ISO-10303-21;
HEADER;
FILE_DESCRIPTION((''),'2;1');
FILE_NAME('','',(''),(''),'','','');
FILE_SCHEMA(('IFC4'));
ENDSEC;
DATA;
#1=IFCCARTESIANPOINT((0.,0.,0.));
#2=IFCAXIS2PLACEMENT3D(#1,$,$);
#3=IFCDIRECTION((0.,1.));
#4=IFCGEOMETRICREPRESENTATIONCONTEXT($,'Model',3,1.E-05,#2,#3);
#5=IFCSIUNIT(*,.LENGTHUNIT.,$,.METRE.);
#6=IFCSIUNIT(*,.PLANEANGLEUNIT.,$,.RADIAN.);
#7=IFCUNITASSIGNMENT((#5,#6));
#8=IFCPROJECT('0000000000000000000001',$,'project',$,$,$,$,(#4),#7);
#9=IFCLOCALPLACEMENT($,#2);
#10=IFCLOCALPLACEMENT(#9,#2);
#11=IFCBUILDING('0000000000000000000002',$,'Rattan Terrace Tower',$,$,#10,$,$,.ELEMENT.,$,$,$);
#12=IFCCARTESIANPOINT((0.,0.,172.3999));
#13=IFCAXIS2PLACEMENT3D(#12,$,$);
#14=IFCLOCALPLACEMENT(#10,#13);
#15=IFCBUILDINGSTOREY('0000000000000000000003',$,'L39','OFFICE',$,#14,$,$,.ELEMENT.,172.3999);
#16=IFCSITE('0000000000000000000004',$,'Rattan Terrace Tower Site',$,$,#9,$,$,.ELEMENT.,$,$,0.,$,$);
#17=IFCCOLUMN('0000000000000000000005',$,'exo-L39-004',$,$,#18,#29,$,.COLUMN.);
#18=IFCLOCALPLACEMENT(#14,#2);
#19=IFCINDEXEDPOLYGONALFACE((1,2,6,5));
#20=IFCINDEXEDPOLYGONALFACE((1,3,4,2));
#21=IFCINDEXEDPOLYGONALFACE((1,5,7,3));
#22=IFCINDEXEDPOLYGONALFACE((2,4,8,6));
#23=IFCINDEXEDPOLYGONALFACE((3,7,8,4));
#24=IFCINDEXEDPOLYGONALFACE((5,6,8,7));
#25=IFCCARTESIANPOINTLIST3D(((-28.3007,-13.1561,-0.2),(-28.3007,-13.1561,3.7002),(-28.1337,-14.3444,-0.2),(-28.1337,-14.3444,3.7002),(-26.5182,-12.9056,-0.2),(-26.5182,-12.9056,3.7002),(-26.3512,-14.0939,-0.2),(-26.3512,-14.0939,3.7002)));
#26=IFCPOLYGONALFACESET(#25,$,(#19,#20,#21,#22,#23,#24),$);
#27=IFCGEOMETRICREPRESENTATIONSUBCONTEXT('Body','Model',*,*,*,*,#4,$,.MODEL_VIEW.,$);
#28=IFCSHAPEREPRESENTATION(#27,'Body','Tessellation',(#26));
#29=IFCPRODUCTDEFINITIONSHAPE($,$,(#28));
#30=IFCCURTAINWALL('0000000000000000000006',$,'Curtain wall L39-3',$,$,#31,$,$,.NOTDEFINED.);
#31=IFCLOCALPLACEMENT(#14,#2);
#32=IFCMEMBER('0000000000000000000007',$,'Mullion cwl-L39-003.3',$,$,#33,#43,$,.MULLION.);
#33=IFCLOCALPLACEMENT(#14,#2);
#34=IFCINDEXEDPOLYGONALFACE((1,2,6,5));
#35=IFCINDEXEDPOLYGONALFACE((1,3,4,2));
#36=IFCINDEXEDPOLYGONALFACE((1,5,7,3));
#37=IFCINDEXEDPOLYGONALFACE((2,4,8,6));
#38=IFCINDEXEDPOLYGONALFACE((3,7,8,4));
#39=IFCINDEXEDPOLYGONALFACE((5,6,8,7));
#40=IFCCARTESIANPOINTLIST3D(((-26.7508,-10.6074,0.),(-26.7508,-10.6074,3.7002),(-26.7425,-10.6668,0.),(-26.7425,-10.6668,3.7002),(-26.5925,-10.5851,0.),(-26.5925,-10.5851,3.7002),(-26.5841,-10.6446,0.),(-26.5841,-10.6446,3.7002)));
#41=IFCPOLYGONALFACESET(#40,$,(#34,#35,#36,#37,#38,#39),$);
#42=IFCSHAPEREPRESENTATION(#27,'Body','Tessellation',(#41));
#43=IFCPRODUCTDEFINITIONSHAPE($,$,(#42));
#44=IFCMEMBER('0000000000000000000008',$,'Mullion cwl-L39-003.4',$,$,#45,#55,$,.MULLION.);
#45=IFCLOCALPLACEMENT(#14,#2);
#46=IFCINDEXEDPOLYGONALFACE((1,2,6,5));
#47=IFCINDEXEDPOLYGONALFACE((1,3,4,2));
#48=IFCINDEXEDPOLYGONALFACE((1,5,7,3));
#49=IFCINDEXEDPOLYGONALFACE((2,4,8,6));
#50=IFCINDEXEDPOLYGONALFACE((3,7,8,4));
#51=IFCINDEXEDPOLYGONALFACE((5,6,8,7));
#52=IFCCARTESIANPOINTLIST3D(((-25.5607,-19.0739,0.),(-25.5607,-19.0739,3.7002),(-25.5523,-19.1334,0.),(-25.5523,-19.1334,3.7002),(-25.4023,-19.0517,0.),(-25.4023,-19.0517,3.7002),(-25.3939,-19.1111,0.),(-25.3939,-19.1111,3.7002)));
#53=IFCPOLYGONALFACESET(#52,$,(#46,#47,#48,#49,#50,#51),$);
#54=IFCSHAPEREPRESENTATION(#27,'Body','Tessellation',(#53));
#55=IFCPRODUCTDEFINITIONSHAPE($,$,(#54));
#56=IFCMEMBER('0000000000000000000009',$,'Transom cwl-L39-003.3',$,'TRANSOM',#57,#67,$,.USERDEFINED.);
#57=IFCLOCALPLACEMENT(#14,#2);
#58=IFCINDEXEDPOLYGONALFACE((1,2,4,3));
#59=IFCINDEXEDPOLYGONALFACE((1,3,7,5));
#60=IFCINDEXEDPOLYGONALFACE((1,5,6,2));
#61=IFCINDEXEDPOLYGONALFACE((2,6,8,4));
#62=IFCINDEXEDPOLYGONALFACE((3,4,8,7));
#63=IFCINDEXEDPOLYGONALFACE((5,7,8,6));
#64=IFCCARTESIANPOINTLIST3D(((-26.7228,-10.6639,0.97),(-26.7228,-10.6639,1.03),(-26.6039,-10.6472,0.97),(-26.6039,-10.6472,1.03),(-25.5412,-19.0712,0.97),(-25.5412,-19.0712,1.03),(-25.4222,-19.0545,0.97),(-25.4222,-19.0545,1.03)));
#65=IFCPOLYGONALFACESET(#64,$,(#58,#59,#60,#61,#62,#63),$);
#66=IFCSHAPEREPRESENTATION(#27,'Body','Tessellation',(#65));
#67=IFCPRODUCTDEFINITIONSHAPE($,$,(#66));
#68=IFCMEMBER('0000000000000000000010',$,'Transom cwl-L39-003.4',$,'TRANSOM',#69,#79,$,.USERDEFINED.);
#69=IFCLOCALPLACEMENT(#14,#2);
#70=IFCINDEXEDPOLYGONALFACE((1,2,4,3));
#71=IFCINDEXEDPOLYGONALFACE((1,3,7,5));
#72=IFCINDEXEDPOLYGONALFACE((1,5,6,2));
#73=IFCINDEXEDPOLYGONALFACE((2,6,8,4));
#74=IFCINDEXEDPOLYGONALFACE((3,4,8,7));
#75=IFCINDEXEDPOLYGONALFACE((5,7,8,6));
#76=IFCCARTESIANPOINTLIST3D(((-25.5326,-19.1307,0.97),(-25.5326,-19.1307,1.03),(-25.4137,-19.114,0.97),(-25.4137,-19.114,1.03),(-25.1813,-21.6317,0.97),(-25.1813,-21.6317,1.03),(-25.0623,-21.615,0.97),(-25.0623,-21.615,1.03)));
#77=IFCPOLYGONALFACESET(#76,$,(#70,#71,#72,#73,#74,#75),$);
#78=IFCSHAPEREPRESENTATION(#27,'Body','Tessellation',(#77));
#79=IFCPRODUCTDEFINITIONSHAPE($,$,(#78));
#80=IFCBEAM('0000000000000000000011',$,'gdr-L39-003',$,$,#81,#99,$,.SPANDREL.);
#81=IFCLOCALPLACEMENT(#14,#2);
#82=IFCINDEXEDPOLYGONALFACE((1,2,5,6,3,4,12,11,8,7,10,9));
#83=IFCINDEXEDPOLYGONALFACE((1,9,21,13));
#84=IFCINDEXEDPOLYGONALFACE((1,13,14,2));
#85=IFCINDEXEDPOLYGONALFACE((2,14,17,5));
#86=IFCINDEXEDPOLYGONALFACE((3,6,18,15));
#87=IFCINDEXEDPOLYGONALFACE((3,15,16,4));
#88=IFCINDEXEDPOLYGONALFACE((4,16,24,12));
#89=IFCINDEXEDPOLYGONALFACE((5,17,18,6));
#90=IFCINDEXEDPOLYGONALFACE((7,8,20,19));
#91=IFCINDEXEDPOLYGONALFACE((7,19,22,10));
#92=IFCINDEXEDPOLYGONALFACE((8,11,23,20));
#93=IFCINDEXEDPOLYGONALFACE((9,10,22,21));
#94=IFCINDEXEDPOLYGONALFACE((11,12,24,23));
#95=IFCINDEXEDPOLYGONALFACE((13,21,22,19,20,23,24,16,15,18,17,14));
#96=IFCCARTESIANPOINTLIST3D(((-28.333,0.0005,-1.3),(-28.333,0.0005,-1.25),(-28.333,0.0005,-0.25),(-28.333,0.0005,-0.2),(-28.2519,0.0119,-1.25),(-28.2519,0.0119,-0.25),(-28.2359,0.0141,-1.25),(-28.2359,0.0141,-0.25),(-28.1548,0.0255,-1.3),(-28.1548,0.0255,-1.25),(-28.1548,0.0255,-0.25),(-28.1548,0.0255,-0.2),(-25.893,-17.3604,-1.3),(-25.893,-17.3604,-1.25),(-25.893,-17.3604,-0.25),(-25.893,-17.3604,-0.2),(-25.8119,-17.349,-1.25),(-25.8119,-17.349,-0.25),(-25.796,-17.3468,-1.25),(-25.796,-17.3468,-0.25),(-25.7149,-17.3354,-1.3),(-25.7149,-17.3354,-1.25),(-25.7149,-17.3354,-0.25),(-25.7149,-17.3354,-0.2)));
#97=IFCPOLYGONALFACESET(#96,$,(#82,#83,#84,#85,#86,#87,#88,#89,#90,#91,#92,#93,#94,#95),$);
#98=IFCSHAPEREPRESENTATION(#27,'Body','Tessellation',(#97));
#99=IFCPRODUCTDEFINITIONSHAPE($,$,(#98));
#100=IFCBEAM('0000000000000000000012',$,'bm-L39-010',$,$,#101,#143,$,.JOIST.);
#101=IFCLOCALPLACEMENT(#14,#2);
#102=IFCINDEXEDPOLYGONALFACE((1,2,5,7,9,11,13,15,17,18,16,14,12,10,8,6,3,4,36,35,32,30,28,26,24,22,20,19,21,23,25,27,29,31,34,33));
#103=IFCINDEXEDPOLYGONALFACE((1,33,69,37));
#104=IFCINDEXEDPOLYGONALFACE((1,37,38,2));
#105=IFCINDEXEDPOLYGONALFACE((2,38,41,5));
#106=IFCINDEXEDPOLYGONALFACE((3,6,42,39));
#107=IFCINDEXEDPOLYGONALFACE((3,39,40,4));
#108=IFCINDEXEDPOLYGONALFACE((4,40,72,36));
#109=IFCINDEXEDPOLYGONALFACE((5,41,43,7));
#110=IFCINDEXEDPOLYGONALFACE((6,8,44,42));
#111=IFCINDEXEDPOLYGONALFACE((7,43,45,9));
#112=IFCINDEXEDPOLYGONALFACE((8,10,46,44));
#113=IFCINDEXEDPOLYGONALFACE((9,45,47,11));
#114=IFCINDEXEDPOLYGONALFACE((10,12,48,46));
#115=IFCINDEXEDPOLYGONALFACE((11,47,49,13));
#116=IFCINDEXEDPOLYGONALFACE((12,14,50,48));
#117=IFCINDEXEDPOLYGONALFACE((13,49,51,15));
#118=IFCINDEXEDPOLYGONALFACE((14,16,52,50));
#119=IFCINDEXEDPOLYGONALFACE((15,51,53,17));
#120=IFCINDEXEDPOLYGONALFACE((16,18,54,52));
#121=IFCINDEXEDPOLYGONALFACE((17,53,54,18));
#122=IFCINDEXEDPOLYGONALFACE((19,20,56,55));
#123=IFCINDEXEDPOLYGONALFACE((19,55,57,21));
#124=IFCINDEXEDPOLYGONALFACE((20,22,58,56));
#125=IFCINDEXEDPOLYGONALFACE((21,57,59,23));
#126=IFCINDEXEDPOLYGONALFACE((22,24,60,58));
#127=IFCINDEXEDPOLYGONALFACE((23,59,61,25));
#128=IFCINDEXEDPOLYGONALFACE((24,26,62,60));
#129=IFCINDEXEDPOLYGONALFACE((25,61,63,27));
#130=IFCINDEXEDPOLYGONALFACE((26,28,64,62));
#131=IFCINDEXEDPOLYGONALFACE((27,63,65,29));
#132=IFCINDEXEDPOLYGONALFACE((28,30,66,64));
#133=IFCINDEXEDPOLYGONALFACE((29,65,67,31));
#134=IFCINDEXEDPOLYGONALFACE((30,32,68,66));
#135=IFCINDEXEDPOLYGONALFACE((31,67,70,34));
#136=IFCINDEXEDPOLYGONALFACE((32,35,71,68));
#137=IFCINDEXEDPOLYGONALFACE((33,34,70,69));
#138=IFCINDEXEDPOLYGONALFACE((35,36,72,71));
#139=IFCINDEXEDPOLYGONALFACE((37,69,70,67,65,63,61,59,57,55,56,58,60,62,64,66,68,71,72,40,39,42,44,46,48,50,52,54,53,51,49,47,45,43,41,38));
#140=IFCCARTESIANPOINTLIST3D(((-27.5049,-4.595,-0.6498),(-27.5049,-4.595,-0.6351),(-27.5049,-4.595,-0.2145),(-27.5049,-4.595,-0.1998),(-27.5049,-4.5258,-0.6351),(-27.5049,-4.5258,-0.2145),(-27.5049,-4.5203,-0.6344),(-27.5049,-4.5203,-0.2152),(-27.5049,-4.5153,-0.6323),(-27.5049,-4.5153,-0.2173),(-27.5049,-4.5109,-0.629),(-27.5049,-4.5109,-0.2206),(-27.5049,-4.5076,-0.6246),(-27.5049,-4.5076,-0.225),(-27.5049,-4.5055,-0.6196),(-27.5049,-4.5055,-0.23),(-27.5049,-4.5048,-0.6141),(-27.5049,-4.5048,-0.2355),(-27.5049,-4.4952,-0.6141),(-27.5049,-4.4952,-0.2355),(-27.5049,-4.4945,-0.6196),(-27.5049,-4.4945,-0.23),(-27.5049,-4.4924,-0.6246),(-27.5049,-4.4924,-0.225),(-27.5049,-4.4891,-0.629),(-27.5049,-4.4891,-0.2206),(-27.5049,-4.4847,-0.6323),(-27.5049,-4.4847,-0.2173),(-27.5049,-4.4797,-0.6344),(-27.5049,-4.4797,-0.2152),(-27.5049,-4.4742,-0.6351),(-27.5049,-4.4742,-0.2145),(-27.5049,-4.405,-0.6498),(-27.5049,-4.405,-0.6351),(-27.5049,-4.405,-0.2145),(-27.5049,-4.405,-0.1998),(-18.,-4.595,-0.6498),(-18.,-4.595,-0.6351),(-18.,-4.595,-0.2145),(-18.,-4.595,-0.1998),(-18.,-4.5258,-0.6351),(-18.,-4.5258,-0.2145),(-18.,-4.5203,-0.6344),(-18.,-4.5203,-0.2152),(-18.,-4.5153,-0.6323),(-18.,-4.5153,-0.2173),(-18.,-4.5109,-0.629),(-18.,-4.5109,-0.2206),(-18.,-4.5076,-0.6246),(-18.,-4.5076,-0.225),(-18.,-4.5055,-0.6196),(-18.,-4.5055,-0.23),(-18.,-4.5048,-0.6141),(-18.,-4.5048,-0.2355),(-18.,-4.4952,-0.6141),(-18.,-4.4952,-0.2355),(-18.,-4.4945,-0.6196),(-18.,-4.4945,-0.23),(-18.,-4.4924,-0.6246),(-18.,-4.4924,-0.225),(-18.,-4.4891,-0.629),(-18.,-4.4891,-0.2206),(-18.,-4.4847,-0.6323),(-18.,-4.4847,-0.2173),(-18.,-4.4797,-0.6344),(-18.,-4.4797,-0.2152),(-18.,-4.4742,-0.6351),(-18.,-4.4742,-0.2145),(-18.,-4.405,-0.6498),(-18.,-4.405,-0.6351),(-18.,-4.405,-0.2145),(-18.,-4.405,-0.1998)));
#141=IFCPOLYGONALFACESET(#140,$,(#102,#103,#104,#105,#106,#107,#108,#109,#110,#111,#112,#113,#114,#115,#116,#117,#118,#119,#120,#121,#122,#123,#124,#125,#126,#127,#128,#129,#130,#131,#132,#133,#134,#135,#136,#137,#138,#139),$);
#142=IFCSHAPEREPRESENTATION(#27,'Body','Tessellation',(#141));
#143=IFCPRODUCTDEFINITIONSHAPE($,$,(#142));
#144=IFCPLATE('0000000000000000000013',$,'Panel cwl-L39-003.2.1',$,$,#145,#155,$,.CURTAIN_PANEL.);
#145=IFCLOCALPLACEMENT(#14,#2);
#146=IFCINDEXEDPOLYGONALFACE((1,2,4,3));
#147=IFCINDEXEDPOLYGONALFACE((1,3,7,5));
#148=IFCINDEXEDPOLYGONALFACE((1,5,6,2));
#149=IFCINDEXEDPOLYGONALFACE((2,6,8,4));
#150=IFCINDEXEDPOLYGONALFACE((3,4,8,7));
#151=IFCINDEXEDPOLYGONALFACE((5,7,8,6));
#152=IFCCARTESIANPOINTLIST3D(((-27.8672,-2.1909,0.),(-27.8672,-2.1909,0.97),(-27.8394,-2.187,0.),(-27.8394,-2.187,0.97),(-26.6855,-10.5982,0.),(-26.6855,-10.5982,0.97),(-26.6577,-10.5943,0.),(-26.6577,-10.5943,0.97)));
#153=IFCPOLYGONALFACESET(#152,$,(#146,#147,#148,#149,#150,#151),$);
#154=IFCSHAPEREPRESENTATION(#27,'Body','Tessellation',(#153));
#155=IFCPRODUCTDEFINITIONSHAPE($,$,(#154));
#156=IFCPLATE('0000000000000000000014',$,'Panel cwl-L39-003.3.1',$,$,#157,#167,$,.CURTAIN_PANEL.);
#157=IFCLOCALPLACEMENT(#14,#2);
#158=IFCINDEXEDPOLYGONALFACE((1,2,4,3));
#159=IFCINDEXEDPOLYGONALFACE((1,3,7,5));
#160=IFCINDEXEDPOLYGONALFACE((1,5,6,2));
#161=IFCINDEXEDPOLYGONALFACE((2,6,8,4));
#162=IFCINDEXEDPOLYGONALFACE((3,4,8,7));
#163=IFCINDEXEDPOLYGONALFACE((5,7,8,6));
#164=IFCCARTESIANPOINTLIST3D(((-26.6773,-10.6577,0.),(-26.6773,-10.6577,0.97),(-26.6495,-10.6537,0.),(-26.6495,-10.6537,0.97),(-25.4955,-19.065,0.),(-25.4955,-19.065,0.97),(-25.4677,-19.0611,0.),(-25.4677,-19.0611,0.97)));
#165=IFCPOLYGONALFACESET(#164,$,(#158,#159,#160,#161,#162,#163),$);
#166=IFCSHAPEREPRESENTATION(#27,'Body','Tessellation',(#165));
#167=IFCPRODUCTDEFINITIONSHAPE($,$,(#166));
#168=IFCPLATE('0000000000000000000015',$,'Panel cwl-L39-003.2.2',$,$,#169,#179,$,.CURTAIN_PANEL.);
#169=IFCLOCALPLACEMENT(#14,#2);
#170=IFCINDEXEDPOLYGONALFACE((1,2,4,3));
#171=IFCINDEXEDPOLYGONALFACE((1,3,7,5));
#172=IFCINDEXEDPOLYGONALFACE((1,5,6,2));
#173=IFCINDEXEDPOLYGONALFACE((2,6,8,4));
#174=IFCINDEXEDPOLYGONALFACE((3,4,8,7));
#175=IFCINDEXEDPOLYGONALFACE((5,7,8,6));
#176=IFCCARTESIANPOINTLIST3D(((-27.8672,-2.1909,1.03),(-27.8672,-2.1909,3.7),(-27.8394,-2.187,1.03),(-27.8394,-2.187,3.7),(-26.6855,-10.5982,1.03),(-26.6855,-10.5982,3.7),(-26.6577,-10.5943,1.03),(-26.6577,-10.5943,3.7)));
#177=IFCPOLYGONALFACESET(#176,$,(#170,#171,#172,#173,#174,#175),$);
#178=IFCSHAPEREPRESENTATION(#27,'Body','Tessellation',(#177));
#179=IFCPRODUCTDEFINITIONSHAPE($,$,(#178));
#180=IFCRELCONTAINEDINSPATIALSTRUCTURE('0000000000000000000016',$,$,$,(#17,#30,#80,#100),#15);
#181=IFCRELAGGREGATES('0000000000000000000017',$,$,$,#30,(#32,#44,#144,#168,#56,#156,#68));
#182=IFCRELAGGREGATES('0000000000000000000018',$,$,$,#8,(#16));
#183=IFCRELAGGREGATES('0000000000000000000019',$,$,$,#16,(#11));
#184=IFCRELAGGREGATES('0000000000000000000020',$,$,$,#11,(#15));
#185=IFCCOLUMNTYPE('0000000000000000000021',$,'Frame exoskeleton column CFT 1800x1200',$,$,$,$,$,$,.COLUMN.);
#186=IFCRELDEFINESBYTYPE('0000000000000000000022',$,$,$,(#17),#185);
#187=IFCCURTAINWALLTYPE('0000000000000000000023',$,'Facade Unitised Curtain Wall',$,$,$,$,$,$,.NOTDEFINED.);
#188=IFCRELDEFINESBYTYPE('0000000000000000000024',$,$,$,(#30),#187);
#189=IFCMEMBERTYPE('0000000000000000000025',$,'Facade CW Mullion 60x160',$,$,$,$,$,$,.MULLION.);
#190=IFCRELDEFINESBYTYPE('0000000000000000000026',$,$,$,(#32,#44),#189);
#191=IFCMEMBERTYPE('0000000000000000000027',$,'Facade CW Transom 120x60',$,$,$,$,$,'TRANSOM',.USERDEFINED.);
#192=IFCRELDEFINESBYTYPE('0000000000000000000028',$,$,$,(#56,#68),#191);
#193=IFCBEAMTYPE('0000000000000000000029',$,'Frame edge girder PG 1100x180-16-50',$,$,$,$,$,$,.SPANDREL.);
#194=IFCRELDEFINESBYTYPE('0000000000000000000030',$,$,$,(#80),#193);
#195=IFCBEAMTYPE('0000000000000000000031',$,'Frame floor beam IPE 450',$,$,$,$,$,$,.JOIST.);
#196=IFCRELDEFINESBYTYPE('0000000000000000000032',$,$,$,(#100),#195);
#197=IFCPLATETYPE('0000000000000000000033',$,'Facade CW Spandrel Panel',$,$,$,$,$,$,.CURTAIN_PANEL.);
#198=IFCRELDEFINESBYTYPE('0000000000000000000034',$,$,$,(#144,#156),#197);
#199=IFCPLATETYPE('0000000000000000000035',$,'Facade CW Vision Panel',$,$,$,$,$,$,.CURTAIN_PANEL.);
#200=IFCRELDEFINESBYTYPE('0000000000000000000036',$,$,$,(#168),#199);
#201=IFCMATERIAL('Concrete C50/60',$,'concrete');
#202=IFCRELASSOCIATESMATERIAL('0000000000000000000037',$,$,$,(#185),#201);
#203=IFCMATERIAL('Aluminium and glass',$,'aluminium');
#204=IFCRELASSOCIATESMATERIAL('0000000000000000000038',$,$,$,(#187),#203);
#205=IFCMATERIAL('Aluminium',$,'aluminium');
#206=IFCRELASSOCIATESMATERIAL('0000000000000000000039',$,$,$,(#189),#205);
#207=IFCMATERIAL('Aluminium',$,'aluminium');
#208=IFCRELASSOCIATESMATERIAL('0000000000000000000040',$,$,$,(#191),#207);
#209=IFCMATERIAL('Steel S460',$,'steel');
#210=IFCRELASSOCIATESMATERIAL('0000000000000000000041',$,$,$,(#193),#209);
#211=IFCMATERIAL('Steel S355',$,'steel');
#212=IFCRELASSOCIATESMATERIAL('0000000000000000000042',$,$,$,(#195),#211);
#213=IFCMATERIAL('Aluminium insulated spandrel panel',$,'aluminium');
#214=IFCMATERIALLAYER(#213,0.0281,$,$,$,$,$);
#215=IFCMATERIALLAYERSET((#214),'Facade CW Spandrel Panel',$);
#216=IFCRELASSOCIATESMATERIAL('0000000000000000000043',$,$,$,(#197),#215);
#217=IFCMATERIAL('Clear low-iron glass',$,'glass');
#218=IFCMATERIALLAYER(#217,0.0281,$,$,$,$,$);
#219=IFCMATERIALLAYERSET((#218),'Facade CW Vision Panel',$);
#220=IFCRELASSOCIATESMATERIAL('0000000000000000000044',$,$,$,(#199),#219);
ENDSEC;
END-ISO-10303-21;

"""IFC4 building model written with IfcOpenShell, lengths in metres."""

from ifc_helpers import new_model, si_unit, direction, frame, origin, origin_2d, place, context, subcontext, project, spatial, rectangle, i_section, extrude, material, layer, layer_set, material_profile, profile_set, type_object, element, aggregate, save


model = new_model("IFC4")

# Units and contexts
model_context = context("Model", 3, precision=1e-05, world=origin(), true_north=direction((0.0, 1.0)))
body_context = subcontext(model_context, "Body", "Model", "MODEL_VIEW")
ifc_project = project(units=[si_unit("LENGTHUNIT", "METRE"), si_unit("PLANEANGLEUNIT", "RADIAN")], contexts=[model_context])

# Site, building, storey
site_placement = place(None, origin())
site = spatial("IfcSite", under=ifc_project, at=site_placement, Name="Rattan Terrace Tower Site", CompositionType="ELEMENT", RefElevation=0.0)
building_placement = place(site_placement, origin())
building = spatial("IfcBuilding", under=site, at=building_placement, Name="Rattan Terrace Tower", CompositionType="ELEMENT")
storey_placement = place(building_placement, frame((0.0, 0.0, 172.3999)))
storey = spatial("IfcBuildingStorey", under=building, at=storey_placement, Name="L39", Description="OFFICE", CompositionType="ELEMENT", Elevation=172.3999)

# Column
ifc_material_1 = material(Name="Concrete C50/60", Category="concrete")
ifc_material_profile_1 = material_profile(ifc_material_1, rectangle(XDim=1.2, YDim=1.8, at=origin_2d()), Name="CFT 1800x1200")
ifc_profile_set_1 = profile_set([ifc_material_profile_1], Name="Concrete C50/60")
column_type = type_object("IfcColumnType", Name="Frame exoskeleton column CFT 1800x1200", PredefinedType="COLUMN", material=ifc_profile_set_1)
column_placement = place(storey_placement, frame((-27.3259, -13.625, -0.2), z_axis=(0.0, 0.0, 1.0), x_axis=(-0.13919, 0.990266, 0.0)))
element("IfcColumn", 1, at=column_placement, inside=storey, type_object=column_type, Name="exo-L39-004", PredefinedType="COLUMN", context=body_context, shape_type="SweptSolid", body=[
    extrude(rectangle(XDim=1.2, YDim=1.8, at=origin_2d()), origin(), (0.0, 0.0, 1.0), 3.9001),
])

# Curtain wall, members
ifc_material_2 = material(Name="Aluminium and glass", Category="aluminium")
curtain_wall_type = type_object("IfcCurtainWallType", Name="Facade Unitised Curtain Wall", PredefinedType="NOTDEFINED", material=ifc_material_2)
curtain_wall_placement = place(storey_placement, origin())
curtain_wall = element("IfcCurtainWall", 2, at=curtain_wall_placement, inside=storey, type_object=curtain_wall_type, Name="Curtain wall L39-3", PredefinedType="NOTDEFINED")
ifc_material_3 = material(Name="Aluminium", Category="aluminium")
ifc_material_profile_2 = material_profile(ifc_material_3, rectangle(XDim=0.0601, YDim=0.1599, at=origin_2d()), Name="Aluminium 60x160")
ifc_profile_set_2 = profile_set([ifc_material_profile_2], Name="Aluminium")
member_type_1 = type_object("IfcMemberType", Name="Facade CW Mullion 60x160", PredefinedType="MULLION", material=ifc_profile_set_2)
member_1_placement = place(storey_placement, frame((-26.6675, -10.626, 0.0), z_axis=(0.0, 0.0, 1.0), x_axis=(0.139191, -0.990266, 0.0)))
member_1 = element("IfcMember", 3, at=member_1_placement, type_object=member_type_1, Name="Mullion cwl-L39-003.3", PredefinedType="MULLION", context=body_context, shape_type="SweptSolid", body=[
    extrude(rectangle(XDim=0.0601, YDim=0.1599, at=origin_2d()), origin(), (0.0, 0.0, 1.0), 3.7002),
])
member_2_placement = place(storey_placement, frame((-25.4773, -19.0925, 0.0), z_axis=(0.0, 0.0, 1.0), x_axis=(0.139191, -0.990266, 0.0)))
member_2 = element("IfcMember", 4, at=member_2_placement, type_object=member_type_1, Name="Mullion cwl-L39-003.4", PredefinedType="MULLION", context=body_context, shape_type="SweptSolid", body=[
    extrude(rectangle(XDim=0.0601, YDim=0.1599, at=origin_2d()), origin(), (0.0, 0.0, 1.0), 3.7002),
])
ifc_material_4 = material(Name="Aluminium", Category="aluminium")
ifc_material_profile_3 = material_profile(ifc_material_4, rectangle(XDim=0.1201, YDim=0.0601, at=origin_2d()), Name="Aluminium 120x60")
ifc_profile_set_3 = profile_set([ifc_material_profile_3], Name="Aluminium")
member_type_2 = type_object("IfcMemberType", Name="Facade CW Transom 120x60", ElementType="TRANSOM", PredefinedType="USERDEFINED", material=ifc_profile_set_3)
member_3_placement = place(storey_placement, frame((-26.6633, -10.6555, 1.0), z_axis=(0.139179, -0.990267, 0.0), x_axis=(0.990267, 0.139179, 0.0)))
member_3 = element("IfcMember", 5, at=member_3_placement, type_object=member_type_2, Name="Transom cwl-L39-003.3", ObjectType="TRANSOM", PredefinedType="USERDEFINED", context=body_context, shape_type="SweptSolid", body=[
    extrude(rectangle(XDim=0.1201, YDim=0.0601, at=origin_2d()), origin(), (0.0, 0.0, 1.0), 8.49),
])
member_4_placement = place(storey_placement, frame((-25.4731, -19.1223, 1.0), z_axis=(0.139107, -0.990277, 0.0), x_axis=(0.990277, 0.139107, 0.0)))
member_4 = element("IfcMember", 6, at=member_4_placement, type_object=member_type_2, Name="Transom cwl-L39-003.4", ObjectType="TRANSOM", PredefinedType="USERDEFINED", context=body_context, shape_type="SweptSolid", body=[
    extrude(rectangle(XDim=0.1201, YDim=0.0601, at=origin_2d()), origin(), (0.0, 0.0, 1.0), 2.5256),
])

# Beams
ifc_material_5 = material(Name="Steel S460", Category="steel")
ifc_material_profile_4 = material_profile(ifc_material_5, i_section(OverallWidth=0.1799, OverallDepth=1.1001, WebThickness=0.0161, FlangeThickness=0.05, at=origin_2d()), Name="PG 1100x180-16-50")
ifc_profile_set_4 = profile_set([ifc_material_profile_4], Name="Steel S460")
beam_type_1 = type_object("IfcBeamType", Name="Frame edge girder PG 1100x180-16-50", PredefinedType="SPANDREL", material=ifc_profile_set_4)
beam_1_placement = place(storey_placement, frame((-25.804, -17.3479, -0.75), z_axis=(-0.139175, 0.990268, 0.0), x_axis=(-0.990268, -0.139175, 0.0)))
element("IfcBeam", 7, at=beam_1_placement, inside=storey, type_object=beam_type_1, Name="gdr-L39-003", PredefinedType="SPANDREL", context=body_context, shape_type="SweptSolid", body=[
    extrude(i_section(OverallWidth=0.1799, OverallDepth=1.1001, WebThickness=0.0161, FlangeThickness=0.05, at=origin_2d()), origin(), (0.0, 0.0, 1.0), 17.5315),
])
ifc_material_6 = material(Name="Steel S355", Category="steel")
ifc_material_profile_5 = material_profile(ifc_material_6, i_section(OverallWidth=0.1899, OverallDepth=0.45, WebThickness=0.0095, FlangeThickness=0.0146, FilletRadius=0.021, at=origin_2d()), Name="IPE 450")
ifc_profile_set_5 = profile_set([ifc_material_profile_5], Name="Steel S355")
beam_type_2 = type_object("IfcBeamType", Name="Frame floor beam IPE 450", PredefinedType="JOIST", material=ifc_profile_set_5)
beam_2_placement = place(storey_placement, frame((-27.5049, -4.5, -0.4248), z_axis=(1.0, 0.0, 0.0), x_axis=(0.0, 1.0, 0.0)))
element("IfcBeam", 8, at=beam_2_placement, inside=storey, type_object=beam_type_2, Name="bm-L39-010", PredefinedType="JOIST", context=body_context, shape_type="SweptSolid", body=[
    extrude(i_section(OverallWidth=0.1899, OverallDepth=0.45, WebThickness=0.0095, FlangeThickness=0.0146, FilletRadius=0.021, at=origin_2d()), origin(), (0.0, 0.0, 1.0), 9.5049),
])

# Plates
ifc_material_7 = material(Name="Aluminium insulated spandrel panel", Category="aluminium")
ifc_layer_1 = layer(ifc_material_7, 0.0281)
ifc_layer_set_1 = layer_set([ifc_layer_1], Name="Facade CW Spandrel Panel")
plate_type_1 = type_object("IfcPlateType", Name="Facade CW Spandrel Panel", PredefinedType="CURTAIN_PANEL", material=ifc_layer_set_1)
plate_1_placement = place(storey_placement, frame((-27.2625, -6.3926, 0.0), z_axis=(0.0, 0.0, 1.0), x_axis=(0.139191, -0.990266, 0.0)))
plate_1 = element("IfcPlate", 9, at=plate_1_placement, type_object=plate_type_1, Name="Panel cwl-L39-003.2.1", PredefinedType="CURTAIN_PANEL", context=body_context, shape_type="SweptSolid", body=[
    extrude(rectangle(XDim=8.49, YDim=0.0281, at=origin_2d()), origin(), (0.0, 0.0, 1.0), 0.97),
])
plate_2_placement = place(storey_placement, frame((-26.0725, -14.8594, 0.0), z_axis=(0.0, 0.0, 1.0), x_axis=(0.139191, -0.990266, 0.0)))
plate_2 = element("IfcPlate", 10, at=plate_2_placement, type_object=plate_type_1, Name="Panel cwl-L39-003.3.1", PredefinedType="CURTAIN_PANEL", context=body_context, shape_type="SweptSolid", body=[
    extrude(rectangle(XDim=8.49, YDim=0.0281, at=origin_2d()), origin(), (0.0, 0.0, 1.0), 0.97),
])
ifc_material_8 = material(Name="Clear low-iron glass", Category="glass")
ifc_layer_2 = layer(ifc_material_8, 0.0281)
ifc_layer_set_2 = layer_set([ifc_layer_2], Name="Facade CW Vision Panel")
plate_type_2 = type_object("IfcPlateType", Name="Facade CW Vision Panel", PredefinedType="CURTAIN_PANEL", material=ifc_layer_set_2)
plate_3_placement = place(storey_placement, frame((-27.2625, -6.3926, 1.03), z_axis=(0.0, 0.0, 1.0), x_axis=(0.139191, -0.990266, 0.0)))
plate_3 = element("IfcPlate", 11, at=plate_3_placement, type_object=plate_type_2, Name="Panel cwl-L39-003.2.2", PredefinedType="CURTAIN_PANEL", context=body_context, shape_type="SweptSolid", body=[
    extrude(rectangle(XDim=8.49, YDim=0.0281, at=origin_2d()), origin(), (0.0, 0.0, 1.0), 2.6699),
])
aggregate(curtain_wall, [member_1, member_2, plate_1, plate_3, member_3, plate_2, member_4])

save(model, "model.ifc")
